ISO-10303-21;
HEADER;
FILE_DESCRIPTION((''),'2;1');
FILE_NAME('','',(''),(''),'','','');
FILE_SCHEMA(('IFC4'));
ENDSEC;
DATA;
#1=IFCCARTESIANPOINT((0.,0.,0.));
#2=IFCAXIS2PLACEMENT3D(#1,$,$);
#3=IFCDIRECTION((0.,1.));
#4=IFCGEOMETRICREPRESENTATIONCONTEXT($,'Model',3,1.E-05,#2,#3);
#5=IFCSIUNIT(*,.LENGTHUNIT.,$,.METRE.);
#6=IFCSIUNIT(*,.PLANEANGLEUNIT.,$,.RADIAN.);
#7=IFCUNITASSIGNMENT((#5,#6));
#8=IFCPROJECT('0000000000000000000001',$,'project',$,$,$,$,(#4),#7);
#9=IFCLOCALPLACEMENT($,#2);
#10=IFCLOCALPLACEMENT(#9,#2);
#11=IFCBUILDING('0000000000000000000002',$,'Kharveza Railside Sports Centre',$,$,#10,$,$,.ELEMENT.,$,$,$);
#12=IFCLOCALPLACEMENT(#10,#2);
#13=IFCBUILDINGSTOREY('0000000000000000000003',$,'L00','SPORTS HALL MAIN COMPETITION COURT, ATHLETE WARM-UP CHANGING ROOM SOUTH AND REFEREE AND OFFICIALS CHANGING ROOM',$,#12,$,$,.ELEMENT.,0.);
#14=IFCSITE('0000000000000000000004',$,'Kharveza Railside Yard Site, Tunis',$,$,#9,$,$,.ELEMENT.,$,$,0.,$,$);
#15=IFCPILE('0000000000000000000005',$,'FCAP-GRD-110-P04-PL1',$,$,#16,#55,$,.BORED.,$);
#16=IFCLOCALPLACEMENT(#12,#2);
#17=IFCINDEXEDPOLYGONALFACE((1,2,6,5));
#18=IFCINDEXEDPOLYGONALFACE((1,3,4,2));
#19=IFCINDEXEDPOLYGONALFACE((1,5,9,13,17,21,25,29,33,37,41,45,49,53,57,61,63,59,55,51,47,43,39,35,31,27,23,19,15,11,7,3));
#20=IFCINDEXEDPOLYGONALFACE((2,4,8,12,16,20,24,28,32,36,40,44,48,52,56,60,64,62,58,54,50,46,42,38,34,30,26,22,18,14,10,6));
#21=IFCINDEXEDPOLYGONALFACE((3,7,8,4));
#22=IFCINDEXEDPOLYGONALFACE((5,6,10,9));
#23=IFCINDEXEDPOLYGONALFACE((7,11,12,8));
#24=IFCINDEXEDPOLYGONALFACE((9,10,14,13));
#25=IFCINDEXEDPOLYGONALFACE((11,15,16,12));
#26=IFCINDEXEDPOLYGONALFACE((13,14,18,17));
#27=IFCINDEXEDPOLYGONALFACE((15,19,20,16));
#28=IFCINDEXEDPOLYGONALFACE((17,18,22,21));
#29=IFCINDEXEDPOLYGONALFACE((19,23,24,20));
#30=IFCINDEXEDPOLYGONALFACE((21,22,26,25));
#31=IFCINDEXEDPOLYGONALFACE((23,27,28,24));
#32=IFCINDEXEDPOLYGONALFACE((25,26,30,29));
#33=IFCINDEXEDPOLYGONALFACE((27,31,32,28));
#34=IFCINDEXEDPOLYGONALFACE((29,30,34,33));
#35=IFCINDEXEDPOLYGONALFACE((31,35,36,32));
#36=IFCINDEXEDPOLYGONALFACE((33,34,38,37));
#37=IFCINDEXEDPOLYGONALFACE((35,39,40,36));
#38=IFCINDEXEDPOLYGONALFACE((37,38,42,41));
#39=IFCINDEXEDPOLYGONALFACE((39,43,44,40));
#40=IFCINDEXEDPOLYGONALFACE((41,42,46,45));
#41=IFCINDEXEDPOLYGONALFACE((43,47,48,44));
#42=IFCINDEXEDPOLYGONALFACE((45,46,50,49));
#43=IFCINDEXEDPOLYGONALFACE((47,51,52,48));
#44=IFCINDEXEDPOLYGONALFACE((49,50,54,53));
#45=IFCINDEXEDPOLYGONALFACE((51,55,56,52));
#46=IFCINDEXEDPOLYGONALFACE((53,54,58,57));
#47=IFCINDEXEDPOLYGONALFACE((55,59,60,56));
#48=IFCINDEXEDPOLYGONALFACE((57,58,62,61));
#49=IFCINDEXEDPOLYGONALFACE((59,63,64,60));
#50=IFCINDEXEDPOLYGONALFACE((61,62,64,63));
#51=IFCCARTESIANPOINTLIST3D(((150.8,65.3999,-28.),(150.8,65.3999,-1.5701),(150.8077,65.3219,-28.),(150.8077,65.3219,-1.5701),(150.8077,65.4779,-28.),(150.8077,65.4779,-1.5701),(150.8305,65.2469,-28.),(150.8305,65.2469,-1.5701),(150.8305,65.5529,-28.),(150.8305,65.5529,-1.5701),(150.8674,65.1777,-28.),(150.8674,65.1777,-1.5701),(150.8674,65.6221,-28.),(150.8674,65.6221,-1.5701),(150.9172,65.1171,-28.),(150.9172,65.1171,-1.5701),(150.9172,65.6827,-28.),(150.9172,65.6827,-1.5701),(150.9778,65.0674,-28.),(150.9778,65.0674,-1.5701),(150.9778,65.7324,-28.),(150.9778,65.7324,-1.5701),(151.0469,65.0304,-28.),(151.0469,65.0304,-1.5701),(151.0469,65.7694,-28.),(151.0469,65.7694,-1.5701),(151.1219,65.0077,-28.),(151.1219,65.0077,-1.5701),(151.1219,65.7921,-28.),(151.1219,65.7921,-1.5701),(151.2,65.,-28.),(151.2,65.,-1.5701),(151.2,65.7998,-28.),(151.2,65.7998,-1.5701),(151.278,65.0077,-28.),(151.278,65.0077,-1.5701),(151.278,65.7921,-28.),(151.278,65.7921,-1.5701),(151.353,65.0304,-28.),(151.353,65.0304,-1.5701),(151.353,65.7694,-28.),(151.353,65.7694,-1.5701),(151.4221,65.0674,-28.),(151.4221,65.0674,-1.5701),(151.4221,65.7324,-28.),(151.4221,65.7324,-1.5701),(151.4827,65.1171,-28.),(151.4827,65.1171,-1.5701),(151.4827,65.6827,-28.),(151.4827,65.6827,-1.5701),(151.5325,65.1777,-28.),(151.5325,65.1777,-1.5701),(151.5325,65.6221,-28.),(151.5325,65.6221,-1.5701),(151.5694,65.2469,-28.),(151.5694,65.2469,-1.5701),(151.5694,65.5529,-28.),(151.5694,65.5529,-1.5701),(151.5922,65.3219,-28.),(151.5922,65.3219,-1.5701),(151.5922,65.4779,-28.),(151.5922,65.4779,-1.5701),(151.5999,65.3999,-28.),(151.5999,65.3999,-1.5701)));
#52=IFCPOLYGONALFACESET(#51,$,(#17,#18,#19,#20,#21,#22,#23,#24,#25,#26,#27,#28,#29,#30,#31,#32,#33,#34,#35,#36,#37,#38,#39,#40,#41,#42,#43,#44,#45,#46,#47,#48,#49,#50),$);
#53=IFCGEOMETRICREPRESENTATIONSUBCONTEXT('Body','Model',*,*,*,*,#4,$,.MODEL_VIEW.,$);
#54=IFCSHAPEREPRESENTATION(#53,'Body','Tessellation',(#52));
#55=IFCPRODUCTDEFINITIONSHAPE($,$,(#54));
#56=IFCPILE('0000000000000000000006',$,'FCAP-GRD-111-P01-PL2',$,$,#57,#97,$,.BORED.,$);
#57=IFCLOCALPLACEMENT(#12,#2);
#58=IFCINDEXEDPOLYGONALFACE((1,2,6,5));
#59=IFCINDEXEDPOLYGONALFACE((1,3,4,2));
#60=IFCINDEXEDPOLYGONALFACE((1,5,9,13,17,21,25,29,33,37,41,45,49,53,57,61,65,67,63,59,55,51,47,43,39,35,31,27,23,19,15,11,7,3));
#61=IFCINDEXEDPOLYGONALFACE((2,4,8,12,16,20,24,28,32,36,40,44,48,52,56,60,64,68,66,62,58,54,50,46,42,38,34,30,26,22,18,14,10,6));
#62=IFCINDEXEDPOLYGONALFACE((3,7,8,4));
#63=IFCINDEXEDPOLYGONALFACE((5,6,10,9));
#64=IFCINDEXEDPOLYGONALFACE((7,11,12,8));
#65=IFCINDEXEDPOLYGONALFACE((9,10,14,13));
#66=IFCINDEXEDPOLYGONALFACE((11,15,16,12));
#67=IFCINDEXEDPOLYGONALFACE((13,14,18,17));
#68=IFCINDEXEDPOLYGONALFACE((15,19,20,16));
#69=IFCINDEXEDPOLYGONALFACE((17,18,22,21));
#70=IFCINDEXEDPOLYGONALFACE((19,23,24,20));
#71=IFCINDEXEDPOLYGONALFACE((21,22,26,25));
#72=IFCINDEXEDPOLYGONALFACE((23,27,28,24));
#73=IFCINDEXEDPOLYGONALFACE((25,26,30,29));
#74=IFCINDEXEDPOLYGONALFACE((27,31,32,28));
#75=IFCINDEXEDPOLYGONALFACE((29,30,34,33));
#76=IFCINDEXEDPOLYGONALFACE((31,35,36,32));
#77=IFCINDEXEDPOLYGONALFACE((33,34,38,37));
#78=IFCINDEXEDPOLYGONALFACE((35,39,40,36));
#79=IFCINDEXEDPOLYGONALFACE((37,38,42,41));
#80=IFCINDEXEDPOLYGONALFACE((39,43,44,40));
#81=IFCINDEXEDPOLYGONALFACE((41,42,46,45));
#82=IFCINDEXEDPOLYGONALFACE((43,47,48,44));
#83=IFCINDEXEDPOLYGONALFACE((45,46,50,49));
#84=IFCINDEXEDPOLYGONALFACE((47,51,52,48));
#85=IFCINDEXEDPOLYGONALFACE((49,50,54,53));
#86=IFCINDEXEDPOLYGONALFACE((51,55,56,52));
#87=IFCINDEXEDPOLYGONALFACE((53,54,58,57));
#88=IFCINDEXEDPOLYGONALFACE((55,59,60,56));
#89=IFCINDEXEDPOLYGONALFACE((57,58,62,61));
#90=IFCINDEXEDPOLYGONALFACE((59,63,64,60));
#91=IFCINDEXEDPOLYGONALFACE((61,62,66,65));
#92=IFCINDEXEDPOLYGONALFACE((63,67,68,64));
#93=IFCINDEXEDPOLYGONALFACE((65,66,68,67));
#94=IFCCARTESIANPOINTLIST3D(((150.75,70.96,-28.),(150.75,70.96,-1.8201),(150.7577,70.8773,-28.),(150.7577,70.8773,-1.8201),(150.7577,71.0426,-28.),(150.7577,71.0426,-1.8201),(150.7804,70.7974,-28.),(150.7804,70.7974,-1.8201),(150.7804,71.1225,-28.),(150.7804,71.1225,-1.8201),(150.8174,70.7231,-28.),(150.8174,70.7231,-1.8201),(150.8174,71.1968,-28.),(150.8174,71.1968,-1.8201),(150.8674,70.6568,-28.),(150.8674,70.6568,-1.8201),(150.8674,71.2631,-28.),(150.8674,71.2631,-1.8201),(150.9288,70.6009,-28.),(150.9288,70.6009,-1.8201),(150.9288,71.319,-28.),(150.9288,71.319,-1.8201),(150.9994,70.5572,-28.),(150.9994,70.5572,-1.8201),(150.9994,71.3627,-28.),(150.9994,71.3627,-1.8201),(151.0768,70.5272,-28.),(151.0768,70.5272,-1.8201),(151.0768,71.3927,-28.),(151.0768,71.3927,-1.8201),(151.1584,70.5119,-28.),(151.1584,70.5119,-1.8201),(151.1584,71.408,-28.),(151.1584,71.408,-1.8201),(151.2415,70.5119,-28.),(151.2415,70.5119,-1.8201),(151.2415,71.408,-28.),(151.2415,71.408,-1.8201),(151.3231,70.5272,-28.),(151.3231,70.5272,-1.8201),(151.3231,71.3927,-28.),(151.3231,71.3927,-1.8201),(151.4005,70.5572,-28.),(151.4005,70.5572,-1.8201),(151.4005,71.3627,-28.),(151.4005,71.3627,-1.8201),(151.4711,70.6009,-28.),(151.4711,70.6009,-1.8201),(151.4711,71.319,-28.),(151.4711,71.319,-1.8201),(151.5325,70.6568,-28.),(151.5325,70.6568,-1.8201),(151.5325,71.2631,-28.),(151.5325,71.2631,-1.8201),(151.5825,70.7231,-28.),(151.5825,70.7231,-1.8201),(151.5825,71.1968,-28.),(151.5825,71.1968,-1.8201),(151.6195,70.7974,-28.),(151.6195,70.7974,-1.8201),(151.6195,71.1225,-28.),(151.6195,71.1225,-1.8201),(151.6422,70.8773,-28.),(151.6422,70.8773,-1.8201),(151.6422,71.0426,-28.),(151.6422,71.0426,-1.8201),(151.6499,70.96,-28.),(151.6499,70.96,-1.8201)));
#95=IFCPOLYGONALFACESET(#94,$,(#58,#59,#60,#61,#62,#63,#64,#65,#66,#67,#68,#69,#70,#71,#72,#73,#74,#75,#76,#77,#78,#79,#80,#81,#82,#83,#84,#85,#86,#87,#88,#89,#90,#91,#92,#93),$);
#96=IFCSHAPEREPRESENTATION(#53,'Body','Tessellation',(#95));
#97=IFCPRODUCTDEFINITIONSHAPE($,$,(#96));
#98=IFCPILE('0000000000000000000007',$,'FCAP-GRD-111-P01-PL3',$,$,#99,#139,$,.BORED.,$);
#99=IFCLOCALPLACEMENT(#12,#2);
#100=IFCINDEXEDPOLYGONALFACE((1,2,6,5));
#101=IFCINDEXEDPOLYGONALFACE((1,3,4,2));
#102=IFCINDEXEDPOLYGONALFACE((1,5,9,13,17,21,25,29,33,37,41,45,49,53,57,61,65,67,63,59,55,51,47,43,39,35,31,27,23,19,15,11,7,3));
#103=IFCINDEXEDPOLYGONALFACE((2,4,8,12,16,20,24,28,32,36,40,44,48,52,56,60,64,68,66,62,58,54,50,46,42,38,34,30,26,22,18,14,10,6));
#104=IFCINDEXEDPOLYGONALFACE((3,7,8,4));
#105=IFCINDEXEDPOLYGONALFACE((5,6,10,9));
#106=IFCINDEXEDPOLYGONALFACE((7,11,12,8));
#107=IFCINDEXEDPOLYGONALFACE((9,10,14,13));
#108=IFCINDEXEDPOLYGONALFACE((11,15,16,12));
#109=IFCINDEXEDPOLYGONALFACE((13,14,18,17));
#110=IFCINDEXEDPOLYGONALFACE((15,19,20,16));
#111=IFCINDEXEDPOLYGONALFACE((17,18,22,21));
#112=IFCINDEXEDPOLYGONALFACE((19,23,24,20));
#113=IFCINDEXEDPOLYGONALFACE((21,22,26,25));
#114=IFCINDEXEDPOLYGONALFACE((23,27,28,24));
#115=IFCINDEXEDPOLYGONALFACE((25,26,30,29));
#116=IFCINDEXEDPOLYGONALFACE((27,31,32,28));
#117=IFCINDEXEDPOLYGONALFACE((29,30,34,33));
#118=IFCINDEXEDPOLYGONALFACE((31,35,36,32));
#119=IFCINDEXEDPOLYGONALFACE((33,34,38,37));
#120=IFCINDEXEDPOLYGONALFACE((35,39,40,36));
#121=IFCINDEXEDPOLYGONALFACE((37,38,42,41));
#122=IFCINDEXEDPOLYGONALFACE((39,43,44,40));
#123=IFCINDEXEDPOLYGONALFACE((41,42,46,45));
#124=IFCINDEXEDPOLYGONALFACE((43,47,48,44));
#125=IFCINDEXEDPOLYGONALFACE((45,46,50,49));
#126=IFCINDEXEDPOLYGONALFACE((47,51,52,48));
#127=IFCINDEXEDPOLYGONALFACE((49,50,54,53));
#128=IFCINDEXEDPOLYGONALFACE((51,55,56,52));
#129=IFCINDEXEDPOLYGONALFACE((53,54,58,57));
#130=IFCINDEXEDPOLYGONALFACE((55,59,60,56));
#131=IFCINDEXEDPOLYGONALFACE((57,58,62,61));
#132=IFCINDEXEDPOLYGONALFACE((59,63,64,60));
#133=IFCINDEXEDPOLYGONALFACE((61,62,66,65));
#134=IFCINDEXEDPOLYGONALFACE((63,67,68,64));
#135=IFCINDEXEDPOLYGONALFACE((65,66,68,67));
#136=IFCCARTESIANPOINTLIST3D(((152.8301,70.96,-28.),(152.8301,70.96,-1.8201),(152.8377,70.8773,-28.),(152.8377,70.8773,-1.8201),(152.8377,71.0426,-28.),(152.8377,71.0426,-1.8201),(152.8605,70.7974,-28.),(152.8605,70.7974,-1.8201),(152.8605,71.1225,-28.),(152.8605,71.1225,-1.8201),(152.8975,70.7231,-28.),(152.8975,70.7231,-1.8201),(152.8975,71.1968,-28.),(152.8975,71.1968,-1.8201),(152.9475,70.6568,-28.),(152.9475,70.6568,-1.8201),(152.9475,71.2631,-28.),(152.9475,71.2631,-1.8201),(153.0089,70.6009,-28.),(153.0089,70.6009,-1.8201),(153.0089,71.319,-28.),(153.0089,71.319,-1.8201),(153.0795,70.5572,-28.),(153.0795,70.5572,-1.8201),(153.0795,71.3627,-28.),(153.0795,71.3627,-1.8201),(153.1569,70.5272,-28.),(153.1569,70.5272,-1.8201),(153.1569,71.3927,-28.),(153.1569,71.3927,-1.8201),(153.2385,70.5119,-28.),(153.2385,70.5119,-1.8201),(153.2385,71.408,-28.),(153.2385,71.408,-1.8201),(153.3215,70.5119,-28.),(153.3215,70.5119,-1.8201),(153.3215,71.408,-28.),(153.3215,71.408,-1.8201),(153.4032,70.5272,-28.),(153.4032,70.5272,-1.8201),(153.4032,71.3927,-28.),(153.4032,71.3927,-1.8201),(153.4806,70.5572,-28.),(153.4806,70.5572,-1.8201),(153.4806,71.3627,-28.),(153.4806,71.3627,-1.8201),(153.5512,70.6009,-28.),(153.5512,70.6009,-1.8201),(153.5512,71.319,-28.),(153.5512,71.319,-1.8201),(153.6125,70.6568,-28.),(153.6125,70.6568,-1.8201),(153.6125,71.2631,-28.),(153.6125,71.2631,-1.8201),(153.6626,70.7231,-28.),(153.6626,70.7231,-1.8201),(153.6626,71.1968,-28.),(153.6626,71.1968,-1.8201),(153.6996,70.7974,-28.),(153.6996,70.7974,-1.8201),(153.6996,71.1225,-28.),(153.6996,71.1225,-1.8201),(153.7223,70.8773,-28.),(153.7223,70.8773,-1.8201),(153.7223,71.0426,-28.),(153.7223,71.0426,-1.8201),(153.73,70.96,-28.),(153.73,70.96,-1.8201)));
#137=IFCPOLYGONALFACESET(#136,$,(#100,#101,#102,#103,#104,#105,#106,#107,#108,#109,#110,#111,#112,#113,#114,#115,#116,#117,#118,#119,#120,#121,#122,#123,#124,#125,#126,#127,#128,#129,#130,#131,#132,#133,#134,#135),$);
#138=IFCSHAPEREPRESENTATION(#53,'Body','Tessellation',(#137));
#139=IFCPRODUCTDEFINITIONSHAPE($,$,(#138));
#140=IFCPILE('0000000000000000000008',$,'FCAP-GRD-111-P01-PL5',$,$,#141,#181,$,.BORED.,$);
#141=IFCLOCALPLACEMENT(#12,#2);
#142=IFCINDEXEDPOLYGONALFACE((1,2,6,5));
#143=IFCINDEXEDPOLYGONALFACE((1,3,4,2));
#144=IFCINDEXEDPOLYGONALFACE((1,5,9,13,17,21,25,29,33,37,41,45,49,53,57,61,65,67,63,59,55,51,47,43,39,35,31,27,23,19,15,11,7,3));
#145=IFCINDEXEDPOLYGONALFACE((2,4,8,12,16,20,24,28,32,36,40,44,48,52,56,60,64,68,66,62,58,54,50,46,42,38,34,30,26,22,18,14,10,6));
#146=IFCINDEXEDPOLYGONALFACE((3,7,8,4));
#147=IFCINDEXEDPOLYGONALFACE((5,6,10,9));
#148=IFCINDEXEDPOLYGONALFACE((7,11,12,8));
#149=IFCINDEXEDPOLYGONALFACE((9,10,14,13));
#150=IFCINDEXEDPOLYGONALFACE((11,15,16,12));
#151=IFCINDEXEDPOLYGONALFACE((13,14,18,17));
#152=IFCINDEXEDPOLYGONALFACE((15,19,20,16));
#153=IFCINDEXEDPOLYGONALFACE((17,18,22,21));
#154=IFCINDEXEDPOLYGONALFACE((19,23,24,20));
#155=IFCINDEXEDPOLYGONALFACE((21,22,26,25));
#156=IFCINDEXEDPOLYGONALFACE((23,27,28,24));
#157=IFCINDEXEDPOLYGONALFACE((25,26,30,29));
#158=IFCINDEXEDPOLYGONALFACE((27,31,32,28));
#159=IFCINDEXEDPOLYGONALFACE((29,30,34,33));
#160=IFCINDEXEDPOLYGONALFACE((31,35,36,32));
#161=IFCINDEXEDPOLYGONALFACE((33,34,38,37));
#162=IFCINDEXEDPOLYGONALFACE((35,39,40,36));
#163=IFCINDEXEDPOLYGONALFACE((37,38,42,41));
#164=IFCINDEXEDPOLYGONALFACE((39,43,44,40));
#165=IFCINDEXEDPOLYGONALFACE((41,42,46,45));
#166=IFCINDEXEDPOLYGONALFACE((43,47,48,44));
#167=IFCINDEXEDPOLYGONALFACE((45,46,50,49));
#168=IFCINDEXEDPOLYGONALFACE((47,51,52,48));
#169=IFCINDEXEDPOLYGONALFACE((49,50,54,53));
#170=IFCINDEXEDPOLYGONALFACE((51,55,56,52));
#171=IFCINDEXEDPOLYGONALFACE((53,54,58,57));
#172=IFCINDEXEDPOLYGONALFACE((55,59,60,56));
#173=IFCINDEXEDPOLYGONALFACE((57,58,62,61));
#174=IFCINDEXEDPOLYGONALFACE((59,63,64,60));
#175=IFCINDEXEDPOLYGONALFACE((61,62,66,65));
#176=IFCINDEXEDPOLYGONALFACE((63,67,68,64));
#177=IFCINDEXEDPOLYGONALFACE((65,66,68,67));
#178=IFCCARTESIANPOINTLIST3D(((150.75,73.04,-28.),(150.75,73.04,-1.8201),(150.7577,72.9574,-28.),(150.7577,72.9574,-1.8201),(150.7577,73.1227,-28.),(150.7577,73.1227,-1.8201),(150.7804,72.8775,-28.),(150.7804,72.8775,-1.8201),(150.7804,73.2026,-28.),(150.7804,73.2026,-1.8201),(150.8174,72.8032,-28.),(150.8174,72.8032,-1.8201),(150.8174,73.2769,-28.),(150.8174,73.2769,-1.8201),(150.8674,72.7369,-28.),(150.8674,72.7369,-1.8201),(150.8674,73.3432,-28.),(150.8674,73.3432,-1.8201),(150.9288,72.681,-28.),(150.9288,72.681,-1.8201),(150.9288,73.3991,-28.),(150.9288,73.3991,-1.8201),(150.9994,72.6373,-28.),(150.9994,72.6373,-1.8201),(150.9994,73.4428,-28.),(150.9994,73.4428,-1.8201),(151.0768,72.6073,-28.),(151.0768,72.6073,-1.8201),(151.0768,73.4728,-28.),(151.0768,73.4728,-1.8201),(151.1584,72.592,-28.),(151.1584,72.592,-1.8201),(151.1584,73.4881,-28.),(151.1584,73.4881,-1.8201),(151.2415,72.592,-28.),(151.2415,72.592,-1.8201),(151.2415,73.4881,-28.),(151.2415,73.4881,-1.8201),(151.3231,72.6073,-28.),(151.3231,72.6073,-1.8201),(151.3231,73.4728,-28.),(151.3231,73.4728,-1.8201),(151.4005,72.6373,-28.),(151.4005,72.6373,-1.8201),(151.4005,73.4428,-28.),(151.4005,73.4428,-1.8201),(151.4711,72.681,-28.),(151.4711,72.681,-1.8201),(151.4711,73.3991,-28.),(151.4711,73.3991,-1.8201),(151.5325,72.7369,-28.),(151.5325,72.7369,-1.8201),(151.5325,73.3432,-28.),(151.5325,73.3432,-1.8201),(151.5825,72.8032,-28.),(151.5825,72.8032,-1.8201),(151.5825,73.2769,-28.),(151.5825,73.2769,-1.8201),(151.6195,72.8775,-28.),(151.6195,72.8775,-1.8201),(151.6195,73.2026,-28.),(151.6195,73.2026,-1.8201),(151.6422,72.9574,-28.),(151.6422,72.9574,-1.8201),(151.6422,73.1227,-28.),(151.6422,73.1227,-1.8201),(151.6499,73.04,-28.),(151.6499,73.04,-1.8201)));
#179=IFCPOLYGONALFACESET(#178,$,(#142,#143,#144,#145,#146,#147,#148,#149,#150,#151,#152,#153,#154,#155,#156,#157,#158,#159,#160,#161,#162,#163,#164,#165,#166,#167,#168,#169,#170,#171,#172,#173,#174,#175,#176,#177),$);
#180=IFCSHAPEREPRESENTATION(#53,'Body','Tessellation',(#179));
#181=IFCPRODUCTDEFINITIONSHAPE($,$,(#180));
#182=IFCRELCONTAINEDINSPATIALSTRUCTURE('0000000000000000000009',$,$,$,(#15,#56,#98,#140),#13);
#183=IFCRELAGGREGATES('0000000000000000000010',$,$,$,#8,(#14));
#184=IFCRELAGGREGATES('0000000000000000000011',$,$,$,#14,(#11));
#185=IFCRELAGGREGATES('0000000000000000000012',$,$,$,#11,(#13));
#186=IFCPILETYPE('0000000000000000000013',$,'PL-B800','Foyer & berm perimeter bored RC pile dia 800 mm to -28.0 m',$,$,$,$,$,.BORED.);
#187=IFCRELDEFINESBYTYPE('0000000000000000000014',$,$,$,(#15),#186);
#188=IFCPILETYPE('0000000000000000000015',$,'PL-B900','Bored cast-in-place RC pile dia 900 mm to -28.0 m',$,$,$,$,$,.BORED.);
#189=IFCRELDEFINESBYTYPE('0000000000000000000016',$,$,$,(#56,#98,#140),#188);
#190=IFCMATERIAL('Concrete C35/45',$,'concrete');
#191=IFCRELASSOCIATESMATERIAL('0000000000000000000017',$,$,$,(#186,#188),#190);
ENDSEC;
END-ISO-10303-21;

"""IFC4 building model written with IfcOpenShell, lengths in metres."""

from ifc_helpers import new_model, si_unit, direction, frame, origin, origin_2d, place, context, subcontext, project, spatial, circle, extrude, material, material_profile, profile_set, type_object, element, save


model = new_model("IFC4")

# Units and contexts
model_context = context("Model", 3, precision=1e-05, world=origin(), true_north=direction((0.0, 1.0)))
body_context = subcontext(model_context, "Body", "Model", "MODEL_VIEW")
ifc_project = project(units=[si_unit("LENGTHUNIT", "METRE"), si_unit("PLANEANGLEUNIT", "RADIAN")], contexts=[model_context])

# Site, building, storey
site_placement = place(None, origin())
site = spatial("IfcSite", under=ifc_project, at=site_placement, Name="Kharveza Railside Yard Site, Tunis", CompositionType="ELEMENT", RefElevation=0.0)
building_placement = place(site_placement, origin())
building = spatial("IfcBuilding", under=site, at=building_placement, Name="Kharveza Railside Sports Centre", CompositionType="ELEMENT")
storey_placement = place(building_placement, origin())
storey = spatial("IfcBuildingStorey", under=building, at=storey_placement, Name="L00", Description="SPORTS HALL MAIN COMPETITION COURT, ATHLETE WARM-UP CHANGING ROOM SOUTH AND REFEREE AND OFFICIALS CHANGING ROOM", CompositionType="ELEMENT", Elevation=0.0)

# Shared definitions
ifc_material_1 = material(Name="Concrete C35/45", Category="concrete")

# Piles
ifc_material_profile_1 = material_profile(ifc_material_1, circle(Radius=0.3999, at=origin_2d()), Name="PILE D800")
ifc_profile_set_1 = profile_set([ifc_material_profile_1], Name="Concrete C35/45")
pile_type_1 = type_object("IfcPileType", Name="PL-B800", Description="Foyer & berm perimeter bored RC pile dia 800 mm to -28.0 m", PredefinedType="BORED", material=ifc_profile_set_1)
pile_placement = place(storey_placement, frame((151.2, 65.3999, -1.5701), z_axis=(0.0, 0.0, -1.0), x_axis=(1.0, 0.0, 0.0)))
element("IfcPile", 1, at=pile_placement, inside=storey, type_object=pile_type_1, Name="FCAP-GRD-110-P04-PL1", PredefinedType="BORED", context=body_context, shape_type="SweptSolid", body=[
    extrude(circle(Radius=0.3999, at=origin_2d()), origin(), (0.0, 0.0, 1.0), 26.4299),
])
ifc_material_profile_2 = material_profile(ifc_material_1, circle(Radius=0.45, at=origin_2d()), Name="PILE D900")
ifc_profile_set_2 = profile_set([ifc_material_profile_2], Name="Concrete C35/45")
pile_type_2 = type_object("IfcPileType", Name="PL-B900", Description="Bored cast-in-place RC pile dia 900 mm to -28.0 m", PredefinedType="BORED", material=ifc_profile_set_2)
for number, where, z_axis, x_axis, name in (
    (2, (151.2, 70.96, -1.8201), (0.0, 0.0, -1.0), (1.0, 0.0, 0.0), "FCAP-GRD-111-P01-PL2"),
    (3, (153.28, 70.96, -1.8201), (0.0, 0.0, -1.0), (1.0, 0.0, 0.0), "FCAP-GRD-111-P01-PL3"),
    (4, (151.2, 73.04, -1.8201), (0.0, 0.0, -1.0), (1.0, 0.0, 0.0), "FCAP-GRD-111-P01-PL5"),
):
    element("IfcPile", number, at=place(storey_placement, frame(where, z_axis=z_axis, x_axis=x_axis)), inside=storey, type_object=pile_type_2, Name=name, PredefinedType="BORED", context=body_context, shape_type="SweptSolid", body=[
        extrude(circle(Radius=0.45, at=origin_2d()), origin(), (0.0, 0.0, 1.0), 26.1799),
    ])

save(model, "model.ifc")
